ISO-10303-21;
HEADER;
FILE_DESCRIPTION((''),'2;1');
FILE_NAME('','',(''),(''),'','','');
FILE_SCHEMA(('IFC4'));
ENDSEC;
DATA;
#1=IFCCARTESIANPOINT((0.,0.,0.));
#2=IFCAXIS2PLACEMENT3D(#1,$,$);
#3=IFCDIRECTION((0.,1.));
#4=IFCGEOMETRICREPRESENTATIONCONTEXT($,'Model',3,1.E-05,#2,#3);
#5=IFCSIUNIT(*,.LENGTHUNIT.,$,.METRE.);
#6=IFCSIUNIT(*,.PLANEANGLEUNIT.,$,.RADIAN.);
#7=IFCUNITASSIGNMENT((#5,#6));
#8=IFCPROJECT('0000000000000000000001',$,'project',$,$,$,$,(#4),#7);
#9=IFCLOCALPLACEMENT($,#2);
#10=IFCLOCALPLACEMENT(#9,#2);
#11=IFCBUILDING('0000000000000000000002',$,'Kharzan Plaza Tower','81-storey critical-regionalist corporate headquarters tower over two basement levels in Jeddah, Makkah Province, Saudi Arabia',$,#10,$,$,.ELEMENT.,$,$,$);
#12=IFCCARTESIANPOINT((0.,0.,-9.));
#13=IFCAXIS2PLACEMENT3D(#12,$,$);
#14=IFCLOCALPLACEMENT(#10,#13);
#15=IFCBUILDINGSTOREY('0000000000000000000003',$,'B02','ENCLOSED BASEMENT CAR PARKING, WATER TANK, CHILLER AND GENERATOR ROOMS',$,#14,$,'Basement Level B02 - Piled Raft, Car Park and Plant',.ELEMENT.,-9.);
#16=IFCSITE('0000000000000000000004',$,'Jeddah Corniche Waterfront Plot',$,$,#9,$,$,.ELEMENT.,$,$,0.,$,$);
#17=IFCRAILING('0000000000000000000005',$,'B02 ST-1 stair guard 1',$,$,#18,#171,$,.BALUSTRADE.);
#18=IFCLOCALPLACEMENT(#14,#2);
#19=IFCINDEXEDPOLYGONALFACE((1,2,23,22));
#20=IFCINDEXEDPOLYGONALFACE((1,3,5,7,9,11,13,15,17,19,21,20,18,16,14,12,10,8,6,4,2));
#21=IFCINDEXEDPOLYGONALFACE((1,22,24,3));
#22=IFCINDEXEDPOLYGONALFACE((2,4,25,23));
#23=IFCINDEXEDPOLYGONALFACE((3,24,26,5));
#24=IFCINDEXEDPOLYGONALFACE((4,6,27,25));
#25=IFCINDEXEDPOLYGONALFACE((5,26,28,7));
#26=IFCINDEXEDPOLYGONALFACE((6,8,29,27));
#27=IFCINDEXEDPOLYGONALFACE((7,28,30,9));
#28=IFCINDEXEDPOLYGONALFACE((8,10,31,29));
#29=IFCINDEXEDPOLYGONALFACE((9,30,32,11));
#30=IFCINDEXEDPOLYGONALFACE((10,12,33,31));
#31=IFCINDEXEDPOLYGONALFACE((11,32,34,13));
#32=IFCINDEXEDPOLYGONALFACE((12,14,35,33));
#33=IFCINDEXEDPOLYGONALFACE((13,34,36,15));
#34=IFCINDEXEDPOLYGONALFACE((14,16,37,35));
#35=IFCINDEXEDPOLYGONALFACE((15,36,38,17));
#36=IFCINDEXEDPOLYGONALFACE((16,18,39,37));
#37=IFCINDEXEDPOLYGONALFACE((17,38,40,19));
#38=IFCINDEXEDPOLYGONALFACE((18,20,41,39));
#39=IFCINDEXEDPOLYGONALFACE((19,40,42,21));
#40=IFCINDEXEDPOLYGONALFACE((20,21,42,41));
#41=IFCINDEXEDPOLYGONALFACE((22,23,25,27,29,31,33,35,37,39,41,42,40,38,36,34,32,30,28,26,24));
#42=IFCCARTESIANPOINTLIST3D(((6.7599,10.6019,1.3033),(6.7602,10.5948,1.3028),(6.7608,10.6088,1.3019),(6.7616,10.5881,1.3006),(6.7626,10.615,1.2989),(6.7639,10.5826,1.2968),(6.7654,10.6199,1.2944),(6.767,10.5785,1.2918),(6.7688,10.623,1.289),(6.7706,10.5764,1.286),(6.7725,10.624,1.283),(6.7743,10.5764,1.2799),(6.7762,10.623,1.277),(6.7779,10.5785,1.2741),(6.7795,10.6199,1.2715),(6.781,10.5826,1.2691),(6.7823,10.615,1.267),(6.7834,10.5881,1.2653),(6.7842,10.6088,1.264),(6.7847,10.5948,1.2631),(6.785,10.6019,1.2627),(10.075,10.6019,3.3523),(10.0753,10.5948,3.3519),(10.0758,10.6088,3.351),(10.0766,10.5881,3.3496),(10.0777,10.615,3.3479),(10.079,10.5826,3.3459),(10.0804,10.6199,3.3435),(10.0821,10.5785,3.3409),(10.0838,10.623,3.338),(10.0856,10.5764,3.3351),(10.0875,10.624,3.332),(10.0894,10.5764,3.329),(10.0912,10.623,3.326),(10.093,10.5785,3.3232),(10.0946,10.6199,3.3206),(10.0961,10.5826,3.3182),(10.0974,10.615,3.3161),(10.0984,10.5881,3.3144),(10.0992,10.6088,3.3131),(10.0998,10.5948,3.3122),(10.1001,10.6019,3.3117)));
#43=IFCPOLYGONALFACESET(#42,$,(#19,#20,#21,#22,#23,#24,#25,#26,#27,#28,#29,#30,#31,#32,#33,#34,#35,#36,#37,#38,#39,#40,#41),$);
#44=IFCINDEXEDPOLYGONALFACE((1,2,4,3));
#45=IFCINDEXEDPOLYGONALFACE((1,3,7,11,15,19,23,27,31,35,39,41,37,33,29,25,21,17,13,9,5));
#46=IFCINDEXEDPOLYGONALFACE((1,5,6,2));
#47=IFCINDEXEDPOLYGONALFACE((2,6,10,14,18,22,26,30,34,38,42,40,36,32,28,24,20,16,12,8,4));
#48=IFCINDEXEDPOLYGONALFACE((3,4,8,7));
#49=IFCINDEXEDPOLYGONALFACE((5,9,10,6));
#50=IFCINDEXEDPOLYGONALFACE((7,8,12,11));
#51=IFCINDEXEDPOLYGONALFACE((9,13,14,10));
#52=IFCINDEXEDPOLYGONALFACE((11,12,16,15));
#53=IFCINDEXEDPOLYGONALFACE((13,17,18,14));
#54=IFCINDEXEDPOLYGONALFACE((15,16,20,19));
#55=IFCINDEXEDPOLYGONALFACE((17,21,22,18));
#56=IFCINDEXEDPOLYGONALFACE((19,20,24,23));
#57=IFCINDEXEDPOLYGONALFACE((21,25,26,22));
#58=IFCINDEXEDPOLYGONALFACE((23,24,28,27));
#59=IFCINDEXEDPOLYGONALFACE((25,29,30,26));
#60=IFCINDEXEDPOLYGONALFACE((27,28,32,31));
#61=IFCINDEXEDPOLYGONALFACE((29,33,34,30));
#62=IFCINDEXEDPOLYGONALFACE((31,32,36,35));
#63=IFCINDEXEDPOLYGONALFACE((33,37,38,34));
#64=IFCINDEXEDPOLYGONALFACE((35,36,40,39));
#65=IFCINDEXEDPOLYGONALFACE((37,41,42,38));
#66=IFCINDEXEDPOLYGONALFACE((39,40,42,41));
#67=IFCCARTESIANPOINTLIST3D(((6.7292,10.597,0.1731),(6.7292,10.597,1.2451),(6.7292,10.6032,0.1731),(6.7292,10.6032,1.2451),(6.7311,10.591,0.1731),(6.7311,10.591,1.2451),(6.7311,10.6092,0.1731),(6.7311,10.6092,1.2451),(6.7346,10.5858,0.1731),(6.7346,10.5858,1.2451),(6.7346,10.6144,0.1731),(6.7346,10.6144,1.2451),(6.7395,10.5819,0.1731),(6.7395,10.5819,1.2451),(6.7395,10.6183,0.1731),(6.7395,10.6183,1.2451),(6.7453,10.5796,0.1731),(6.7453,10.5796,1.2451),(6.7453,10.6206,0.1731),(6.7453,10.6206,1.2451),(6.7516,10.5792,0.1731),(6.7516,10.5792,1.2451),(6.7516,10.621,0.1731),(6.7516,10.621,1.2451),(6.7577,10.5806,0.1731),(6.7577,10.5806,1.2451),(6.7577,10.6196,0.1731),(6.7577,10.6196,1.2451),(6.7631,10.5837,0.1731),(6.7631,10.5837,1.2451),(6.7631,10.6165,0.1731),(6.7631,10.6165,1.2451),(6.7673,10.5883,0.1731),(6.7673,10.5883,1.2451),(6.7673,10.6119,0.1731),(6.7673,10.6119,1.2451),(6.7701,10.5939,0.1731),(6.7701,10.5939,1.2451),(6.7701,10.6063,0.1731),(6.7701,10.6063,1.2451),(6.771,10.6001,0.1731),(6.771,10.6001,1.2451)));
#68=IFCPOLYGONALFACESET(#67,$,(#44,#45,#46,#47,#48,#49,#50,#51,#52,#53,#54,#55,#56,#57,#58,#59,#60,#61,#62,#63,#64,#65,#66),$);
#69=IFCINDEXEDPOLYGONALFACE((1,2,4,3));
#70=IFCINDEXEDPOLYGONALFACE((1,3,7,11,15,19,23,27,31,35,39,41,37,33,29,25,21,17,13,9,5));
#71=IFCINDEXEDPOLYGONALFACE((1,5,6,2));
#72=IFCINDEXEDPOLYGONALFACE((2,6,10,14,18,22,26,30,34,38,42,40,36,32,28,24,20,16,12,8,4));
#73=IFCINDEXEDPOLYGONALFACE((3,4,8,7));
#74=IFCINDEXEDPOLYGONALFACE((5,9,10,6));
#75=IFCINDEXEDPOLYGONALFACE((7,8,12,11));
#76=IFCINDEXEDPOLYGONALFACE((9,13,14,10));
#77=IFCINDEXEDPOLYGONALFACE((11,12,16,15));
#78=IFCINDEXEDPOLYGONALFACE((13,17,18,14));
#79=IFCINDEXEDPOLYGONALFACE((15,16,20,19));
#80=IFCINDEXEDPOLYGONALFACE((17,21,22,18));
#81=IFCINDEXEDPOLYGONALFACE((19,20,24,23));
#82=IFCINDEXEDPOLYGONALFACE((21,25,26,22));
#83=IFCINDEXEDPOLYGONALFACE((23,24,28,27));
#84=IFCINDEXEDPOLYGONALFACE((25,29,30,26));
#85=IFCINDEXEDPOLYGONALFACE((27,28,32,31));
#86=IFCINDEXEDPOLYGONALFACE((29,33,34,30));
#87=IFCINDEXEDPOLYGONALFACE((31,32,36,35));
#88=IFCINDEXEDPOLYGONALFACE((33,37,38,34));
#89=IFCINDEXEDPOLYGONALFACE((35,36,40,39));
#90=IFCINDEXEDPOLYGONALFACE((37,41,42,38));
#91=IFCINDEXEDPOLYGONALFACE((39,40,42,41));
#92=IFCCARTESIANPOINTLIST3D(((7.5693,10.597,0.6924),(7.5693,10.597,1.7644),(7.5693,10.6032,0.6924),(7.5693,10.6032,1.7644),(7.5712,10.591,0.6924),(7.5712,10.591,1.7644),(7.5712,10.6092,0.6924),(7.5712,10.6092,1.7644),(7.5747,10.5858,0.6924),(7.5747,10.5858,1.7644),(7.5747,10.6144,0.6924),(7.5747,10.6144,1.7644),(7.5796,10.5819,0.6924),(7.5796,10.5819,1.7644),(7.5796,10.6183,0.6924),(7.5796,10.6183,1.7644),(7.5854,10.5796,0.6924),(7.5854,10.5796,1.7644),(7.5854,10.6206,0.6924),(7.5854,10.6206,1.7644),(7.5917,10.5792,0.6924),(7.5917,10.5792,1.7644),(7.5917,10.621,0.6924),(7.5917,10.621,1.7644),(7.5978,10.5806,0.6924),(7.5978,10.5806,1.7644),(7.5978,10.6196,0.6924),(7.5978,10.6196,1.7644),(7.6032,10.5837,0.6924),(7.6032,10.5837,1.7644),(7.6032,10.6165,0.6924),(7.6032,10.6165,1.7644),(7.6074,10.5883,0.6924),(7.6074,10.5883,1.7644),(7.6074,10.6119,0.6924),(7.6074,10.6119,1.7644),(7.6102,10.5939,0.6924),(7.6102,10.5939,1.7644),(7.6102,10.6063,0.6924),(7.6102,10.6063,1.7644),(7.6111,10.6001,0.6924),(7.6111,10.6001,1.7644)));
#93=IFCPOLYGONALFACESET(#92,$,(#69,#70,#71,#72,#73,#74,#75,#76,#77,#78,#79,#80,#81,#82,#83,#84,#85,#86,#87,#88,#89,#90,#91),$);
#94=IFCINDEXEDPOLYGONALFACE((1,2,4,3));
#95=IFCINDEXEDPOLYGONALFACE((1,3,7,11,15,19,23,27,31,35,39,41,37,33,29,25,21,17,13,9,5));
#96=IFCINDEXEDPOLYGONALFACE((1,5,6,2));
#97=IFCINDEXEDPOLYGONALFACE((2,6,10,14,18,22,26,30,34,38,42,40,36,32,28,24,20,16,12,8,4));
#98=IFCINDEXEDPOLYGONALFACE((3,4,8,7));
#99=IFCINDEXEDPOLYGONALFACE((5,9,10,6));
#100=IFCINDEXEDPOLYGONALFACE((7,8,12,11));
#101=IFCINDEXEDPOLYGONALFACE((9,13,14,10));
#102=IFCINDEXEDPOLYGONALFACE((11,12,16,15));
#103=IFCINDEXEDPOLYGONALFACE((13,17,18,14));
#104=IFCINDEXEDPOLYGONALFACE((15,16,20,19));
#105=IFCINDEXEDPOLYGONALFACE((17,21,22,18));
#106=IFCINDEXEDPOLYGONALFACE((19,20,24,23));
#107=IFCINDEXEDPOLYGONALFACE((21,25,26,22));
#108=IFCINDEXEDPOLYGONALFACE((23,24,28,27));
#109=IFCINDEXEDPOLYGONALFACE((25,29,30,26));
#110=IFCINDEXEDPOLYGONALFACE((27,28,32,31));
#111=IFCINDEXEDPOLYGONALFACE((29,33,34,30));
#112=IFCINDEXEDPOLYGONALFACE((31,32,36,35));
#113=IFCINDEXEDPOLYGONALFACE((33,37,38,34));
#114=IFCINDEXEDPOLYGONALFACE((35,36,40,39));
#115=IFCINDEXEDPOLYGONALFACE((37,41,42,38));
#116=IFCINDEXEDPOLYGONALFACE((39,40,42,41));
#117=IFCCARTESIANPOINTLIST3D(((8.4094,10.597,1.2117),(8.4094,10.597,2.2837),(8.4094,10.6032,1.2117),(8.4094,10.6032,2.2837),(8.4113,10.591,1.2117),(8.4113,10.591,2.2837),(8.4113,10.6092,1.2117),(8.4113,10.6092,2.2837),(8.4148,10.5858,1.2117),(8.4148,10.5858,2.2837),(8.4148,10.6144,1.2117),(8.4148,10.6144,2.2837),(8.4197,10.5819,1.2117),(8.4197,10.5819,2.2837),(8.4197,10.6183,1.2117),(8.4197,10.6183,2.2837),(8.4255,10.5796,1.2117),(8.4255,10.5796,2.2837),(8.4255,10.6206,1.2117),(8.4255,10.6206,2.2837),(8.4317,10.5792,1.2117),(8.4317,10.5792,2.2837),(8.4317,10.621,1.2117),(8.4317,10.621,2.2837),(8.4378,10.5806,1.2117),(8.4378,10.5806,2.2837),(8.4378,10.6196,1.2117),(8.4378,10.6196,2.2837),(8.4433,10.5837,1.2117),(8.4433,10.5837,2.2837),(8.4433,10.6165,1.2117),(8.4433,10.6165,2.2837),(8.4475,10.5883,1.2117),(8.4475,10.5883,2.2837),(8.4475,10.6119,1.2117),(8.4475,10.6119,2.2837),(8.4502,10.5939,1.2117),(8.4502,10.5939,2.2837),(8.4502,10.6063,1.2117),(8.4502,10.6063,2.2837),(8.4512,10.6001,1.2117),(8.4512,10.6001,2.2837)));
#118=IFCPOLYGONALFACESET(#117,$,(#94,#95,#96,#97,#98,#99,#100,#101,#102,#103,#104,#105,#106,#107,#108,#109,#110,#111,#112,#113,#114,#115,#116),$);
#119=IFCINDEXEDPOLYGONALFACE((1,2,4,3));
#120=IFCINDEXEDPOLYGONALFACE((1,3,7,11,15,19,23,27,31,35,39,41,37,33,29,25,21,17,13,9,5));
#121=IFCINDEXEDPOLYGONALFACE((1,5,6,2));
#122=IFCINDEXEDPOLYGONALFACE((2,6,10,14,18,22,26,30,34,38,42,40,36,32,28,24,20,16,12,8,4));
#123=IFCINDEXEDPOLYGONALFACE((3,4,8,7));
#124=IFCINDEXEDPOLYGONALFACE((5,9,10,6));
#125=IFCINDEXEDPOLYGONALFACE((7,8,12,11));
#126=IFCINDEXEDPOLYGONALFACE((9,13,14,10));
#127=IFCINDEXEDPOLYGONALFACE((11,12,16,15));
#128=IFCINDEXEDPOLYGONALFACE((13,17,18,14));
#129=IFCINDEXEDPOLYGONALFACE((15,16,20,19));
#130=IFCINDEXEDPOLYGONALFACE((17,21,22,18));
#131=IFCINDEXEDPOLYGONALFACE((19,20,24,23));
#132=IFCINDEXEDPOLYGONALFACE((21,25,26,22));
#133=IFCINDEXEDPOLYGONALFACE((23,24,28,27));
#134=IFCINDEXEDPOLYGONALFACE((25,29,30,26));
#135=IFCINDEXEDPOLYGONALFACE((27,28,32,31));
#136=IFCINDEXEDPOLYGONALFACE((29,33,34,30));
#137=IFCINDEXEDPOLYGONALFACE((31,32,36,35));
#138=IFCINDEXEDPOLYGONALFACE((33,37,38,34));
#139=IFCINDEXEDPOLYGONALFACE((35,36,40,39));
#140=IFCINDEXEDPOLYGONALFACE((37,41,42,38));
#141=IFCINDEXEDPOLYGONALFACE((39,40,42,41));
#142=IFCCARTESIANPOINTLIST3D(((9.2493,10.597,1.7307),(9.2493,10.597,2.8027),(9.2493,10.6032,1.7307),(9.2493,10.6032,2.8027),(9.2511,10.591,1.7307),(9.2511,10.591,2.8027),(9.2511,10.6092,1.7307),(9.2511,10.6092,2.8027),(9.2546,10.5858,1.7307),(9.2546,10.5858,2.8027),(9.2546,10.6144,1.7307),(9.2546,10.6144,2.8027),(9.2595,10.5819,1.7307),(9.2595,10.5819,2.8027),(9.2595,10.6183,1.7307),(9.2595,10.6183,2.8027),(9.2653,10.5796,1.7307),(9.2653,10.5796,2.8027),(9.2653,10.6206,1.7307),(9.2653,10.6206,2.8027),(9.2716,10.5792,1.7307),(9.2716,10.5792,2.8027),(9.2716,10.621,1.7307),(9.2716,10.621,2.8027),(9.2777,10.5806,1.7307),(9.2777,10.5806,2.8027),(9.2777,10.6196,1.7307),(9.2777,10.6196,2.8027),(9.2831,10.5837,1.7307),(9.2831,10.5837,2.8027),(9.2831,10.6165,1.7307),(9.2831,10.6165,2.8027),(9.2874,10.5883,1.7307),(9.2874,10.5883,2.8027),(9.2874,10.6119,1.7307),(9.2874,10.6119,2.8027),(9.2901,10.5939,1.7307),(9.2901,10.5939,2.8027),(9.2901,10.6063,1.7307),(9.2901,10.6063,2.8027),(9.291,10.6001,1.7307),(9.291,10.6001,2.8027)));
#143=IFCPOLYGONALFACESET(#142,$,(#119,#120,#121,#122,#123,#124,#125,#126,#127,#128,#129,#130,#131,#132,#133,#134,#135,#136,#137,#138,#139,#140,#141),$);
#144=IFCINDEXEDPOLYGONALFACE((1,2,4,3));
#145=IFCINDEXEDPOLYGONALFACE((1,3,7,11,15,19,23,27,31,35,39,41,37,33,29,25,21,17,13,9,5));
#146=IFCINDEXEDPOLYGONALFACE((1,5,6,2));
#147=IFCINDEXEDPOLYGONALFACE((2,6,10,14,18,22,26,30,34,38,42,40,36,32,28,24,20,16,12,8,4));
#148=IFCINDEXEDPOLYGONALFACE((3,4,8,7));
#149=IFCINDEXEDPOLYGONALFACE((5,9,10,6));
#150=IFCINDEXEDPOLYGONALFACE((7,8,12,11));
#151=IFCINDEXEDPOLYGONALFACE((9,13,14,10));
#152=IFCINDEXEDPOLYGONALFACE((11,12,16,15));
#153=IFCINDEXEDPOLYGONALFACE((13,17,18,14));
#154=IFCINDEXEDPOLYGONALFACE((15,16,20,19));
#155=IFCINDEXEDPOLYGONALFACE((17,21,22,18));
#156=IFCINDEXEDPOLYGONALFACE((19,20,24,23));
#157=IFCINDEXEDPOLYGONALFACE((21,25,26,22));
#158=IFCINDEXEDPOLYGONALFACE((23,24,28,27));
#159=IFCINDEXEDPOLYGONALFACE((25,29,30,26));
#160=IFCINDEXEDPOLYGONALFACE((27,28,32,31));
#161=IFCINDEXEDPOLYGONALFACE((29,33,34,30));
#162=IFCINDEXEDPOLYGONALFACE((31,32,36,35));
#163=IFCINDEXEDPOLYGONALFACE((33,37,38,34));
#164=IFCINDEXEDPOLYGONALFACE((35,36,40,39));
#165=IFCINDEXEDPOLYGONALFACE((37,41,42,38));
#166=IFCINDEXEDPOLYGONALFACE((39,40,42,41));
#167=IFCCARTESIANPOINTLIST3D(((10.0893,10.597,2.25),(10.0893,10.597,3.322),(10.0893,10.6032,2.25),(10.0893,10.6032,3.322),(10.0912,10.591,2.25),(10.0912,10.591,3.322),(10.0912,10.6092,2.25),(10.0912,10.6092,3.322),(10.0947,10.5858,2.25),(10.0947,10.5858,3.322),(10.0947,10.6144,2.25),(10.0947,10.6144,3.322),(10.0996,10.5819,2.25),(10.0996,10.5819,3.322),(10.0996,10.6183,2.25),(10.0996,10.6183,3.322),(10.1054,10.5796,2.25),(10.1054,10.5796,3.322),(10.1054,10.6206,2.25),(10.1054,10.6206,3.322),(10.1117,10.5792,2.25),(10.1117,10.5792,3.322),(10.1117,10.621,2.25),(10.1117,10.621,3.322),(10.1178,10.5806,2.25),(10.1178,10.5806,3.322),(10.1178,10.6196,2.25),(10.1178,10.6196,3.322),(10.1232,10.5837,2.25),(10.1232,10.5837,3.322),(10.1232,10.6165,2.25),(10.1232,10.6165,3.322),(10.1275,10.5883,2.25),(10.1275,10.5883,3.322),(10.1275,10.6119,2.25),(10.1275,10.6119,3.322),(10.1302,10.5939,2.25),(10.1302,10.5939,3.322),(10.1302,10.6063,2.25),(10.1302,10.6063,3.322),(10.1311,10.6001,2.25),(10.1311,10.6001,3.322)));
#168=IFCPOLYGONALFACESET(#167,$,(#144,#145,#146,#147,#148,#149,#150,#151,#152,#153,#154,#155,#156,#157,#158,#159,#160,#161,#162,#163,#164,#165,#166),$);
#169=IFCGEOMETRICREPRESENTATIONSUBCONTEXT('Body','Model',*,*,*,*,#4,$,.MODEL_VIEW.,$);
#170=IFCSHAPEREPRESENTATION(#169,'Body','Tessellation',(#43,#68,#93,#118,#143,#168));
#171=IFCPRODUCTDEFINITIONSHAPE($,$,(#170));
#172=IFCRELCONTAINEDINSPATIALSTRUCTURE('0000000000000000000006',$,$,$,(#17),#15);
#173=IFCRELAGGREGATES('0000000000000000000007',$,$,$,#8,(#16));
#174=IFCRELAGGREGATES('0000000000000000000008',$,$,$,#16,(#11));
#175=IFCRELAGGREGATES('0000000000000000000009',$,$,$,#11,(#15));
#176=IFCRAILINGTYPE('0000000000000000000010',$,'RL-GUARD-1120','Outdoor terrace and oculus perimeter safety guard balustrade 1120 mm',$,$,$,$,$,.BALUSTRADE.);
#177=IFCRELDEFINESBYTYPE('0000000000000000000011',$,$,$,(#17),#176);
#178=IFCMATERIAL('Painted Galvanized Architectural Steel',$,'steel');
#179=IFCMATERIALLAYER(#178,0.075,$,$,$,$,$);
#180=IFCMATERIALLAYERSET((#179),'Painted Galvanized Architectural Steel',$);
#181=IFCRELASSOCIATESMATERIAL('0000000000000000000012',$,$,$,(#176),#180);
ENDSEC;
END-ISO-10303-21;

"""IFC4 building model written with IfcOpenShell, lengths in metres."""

from ifc_helpers import new_model, si_unit, direction, frame, origin, origin_2d, place, context, subcontext, project, spatial, circle, extrude, source, transform, mapped, material, layer, layer_set, type_object, element, save


model = new_model("IFC4")

# Units and contexts
model_context = context("Model", 3, precision=1e-05, world=origin(), true_north=direction((0.0, 1.0)))
body_context = subcontext(model_context, "Body", "Model", "MODEL_VIEW")
ifc_project = project(units=[si_unit("LENGTHUNIT", "METRE"), si_unit("PLANEANGLEUNIT", "RADIAN")], contexts=[model_context])

# Site, building, storey
site_placement = place(None, origin())
site = spatial("IfcSite", under=ifc_project, at=site_placement, Name="Jeddah Corniche Waterfront Plot", CompositionType="ELEMENT", RefElevation=0.0)
building_placement = place(site_placement, origin())
building = spatial("IfcBuilding", under=site, at=building_placement, Name="Kharzan Plaza Tower", Description="81-storey critical-regionalist corporate headquarters tower over two basement levels in Jeddah, Makkah Province, Saudi Arabia", CompositionType="ELEMENT")
storey_placement = place(building_placement, frame((0.0, 0.0, -9.0)))
storey = spatial("IfcBuildingStorey", under=building, at=storey_placement, Name="B02", Description="ENCLOSED BASEMENT CAR PARKING, WATER TANK, CHILLER AND GENERATOR ROOMS", LongName="Basement Level B02 - Piled Raft, Car Park and Plant", CompositionType="ELEMENT", Elevation=-9.0)

# Railing
ifc_material_1 = material(Name="Painted Galvanized Architectural Steel", Category="steel")
ifc_layer_1 = layer(ifc_material_1, 0.075)
ifc_layer_set_1 = layer_set([ifc_layer_1], Name="Painted Galvanized Architectural Steel")
railing_type_1 = type_object("IfcRailingType", Name="RL-GUARD-1120", Description="Outdoor terrace and oculus perimeter safety guard balustrade 1120 mm", PredefinedType="BALUSTRADE", material=ifc_layer_set_1)
shared_shape_1 = source(origin(), body_context, "Body", "SweptSolid", [
    extrude(circle(Radius=0.0239, at=origin_2d()), frame((0.0225, 0.0, 1.1099), z_axis=(0.850623, 0.0, 0.525776), x_axis=(0.0, 1.0, 0.0)), (0.0, 0.0, 1.0), 3.8972),
    extrude(circle(Radius=0.021, at=origin_2d()), origin(), (0.0, 0.0, 1.0), 1.072),
    extrude(circle(Radius=0.021, at=origin_2d()), frame((0.8401, 0.0, 0.5193)), (0.0, 0.0, 1.0), 1.072),
    extrude(circle(Radius=0.021, at=origin_2d()), frame((1.6802, 0.0, 1.0386)), (0.0, 0.0, 1.0), 1.072),
    extrude(circle(Radius=0.021, at=origin_2d()), frame((2.52, 0.0, 1.5576)), (0.0, 0.0, 1.0), 1.072),
    extrude(circle(Radius=0.021, at=origin_2d()), frame((3.3601, 0.0, 2.0769)), (0.0, 0.0, 1.0), 1.072),
])
railing_1_placement = place(storey_placement, frame((6.75, 10.6001, 0.1731)))
element("IfcRailing", 1, at=railing_1_placement, inside=storey, type_object=railing_type_1, Name="B02 ST-1 stair guard 1", PredefinedType="BALUSTRADE", context=body_context, shape_type="MappedRepresentation", body=[
    mapped(shared_shape_1, transform((0.0, 0.0, 0.0), x_axis=(1.0, 0.0, 0.0), y_axis=(0.0, 1.0, 0.0), z_axis=(0.0, 0.0, 1.0))),
])

save(model, "model.ifc")
